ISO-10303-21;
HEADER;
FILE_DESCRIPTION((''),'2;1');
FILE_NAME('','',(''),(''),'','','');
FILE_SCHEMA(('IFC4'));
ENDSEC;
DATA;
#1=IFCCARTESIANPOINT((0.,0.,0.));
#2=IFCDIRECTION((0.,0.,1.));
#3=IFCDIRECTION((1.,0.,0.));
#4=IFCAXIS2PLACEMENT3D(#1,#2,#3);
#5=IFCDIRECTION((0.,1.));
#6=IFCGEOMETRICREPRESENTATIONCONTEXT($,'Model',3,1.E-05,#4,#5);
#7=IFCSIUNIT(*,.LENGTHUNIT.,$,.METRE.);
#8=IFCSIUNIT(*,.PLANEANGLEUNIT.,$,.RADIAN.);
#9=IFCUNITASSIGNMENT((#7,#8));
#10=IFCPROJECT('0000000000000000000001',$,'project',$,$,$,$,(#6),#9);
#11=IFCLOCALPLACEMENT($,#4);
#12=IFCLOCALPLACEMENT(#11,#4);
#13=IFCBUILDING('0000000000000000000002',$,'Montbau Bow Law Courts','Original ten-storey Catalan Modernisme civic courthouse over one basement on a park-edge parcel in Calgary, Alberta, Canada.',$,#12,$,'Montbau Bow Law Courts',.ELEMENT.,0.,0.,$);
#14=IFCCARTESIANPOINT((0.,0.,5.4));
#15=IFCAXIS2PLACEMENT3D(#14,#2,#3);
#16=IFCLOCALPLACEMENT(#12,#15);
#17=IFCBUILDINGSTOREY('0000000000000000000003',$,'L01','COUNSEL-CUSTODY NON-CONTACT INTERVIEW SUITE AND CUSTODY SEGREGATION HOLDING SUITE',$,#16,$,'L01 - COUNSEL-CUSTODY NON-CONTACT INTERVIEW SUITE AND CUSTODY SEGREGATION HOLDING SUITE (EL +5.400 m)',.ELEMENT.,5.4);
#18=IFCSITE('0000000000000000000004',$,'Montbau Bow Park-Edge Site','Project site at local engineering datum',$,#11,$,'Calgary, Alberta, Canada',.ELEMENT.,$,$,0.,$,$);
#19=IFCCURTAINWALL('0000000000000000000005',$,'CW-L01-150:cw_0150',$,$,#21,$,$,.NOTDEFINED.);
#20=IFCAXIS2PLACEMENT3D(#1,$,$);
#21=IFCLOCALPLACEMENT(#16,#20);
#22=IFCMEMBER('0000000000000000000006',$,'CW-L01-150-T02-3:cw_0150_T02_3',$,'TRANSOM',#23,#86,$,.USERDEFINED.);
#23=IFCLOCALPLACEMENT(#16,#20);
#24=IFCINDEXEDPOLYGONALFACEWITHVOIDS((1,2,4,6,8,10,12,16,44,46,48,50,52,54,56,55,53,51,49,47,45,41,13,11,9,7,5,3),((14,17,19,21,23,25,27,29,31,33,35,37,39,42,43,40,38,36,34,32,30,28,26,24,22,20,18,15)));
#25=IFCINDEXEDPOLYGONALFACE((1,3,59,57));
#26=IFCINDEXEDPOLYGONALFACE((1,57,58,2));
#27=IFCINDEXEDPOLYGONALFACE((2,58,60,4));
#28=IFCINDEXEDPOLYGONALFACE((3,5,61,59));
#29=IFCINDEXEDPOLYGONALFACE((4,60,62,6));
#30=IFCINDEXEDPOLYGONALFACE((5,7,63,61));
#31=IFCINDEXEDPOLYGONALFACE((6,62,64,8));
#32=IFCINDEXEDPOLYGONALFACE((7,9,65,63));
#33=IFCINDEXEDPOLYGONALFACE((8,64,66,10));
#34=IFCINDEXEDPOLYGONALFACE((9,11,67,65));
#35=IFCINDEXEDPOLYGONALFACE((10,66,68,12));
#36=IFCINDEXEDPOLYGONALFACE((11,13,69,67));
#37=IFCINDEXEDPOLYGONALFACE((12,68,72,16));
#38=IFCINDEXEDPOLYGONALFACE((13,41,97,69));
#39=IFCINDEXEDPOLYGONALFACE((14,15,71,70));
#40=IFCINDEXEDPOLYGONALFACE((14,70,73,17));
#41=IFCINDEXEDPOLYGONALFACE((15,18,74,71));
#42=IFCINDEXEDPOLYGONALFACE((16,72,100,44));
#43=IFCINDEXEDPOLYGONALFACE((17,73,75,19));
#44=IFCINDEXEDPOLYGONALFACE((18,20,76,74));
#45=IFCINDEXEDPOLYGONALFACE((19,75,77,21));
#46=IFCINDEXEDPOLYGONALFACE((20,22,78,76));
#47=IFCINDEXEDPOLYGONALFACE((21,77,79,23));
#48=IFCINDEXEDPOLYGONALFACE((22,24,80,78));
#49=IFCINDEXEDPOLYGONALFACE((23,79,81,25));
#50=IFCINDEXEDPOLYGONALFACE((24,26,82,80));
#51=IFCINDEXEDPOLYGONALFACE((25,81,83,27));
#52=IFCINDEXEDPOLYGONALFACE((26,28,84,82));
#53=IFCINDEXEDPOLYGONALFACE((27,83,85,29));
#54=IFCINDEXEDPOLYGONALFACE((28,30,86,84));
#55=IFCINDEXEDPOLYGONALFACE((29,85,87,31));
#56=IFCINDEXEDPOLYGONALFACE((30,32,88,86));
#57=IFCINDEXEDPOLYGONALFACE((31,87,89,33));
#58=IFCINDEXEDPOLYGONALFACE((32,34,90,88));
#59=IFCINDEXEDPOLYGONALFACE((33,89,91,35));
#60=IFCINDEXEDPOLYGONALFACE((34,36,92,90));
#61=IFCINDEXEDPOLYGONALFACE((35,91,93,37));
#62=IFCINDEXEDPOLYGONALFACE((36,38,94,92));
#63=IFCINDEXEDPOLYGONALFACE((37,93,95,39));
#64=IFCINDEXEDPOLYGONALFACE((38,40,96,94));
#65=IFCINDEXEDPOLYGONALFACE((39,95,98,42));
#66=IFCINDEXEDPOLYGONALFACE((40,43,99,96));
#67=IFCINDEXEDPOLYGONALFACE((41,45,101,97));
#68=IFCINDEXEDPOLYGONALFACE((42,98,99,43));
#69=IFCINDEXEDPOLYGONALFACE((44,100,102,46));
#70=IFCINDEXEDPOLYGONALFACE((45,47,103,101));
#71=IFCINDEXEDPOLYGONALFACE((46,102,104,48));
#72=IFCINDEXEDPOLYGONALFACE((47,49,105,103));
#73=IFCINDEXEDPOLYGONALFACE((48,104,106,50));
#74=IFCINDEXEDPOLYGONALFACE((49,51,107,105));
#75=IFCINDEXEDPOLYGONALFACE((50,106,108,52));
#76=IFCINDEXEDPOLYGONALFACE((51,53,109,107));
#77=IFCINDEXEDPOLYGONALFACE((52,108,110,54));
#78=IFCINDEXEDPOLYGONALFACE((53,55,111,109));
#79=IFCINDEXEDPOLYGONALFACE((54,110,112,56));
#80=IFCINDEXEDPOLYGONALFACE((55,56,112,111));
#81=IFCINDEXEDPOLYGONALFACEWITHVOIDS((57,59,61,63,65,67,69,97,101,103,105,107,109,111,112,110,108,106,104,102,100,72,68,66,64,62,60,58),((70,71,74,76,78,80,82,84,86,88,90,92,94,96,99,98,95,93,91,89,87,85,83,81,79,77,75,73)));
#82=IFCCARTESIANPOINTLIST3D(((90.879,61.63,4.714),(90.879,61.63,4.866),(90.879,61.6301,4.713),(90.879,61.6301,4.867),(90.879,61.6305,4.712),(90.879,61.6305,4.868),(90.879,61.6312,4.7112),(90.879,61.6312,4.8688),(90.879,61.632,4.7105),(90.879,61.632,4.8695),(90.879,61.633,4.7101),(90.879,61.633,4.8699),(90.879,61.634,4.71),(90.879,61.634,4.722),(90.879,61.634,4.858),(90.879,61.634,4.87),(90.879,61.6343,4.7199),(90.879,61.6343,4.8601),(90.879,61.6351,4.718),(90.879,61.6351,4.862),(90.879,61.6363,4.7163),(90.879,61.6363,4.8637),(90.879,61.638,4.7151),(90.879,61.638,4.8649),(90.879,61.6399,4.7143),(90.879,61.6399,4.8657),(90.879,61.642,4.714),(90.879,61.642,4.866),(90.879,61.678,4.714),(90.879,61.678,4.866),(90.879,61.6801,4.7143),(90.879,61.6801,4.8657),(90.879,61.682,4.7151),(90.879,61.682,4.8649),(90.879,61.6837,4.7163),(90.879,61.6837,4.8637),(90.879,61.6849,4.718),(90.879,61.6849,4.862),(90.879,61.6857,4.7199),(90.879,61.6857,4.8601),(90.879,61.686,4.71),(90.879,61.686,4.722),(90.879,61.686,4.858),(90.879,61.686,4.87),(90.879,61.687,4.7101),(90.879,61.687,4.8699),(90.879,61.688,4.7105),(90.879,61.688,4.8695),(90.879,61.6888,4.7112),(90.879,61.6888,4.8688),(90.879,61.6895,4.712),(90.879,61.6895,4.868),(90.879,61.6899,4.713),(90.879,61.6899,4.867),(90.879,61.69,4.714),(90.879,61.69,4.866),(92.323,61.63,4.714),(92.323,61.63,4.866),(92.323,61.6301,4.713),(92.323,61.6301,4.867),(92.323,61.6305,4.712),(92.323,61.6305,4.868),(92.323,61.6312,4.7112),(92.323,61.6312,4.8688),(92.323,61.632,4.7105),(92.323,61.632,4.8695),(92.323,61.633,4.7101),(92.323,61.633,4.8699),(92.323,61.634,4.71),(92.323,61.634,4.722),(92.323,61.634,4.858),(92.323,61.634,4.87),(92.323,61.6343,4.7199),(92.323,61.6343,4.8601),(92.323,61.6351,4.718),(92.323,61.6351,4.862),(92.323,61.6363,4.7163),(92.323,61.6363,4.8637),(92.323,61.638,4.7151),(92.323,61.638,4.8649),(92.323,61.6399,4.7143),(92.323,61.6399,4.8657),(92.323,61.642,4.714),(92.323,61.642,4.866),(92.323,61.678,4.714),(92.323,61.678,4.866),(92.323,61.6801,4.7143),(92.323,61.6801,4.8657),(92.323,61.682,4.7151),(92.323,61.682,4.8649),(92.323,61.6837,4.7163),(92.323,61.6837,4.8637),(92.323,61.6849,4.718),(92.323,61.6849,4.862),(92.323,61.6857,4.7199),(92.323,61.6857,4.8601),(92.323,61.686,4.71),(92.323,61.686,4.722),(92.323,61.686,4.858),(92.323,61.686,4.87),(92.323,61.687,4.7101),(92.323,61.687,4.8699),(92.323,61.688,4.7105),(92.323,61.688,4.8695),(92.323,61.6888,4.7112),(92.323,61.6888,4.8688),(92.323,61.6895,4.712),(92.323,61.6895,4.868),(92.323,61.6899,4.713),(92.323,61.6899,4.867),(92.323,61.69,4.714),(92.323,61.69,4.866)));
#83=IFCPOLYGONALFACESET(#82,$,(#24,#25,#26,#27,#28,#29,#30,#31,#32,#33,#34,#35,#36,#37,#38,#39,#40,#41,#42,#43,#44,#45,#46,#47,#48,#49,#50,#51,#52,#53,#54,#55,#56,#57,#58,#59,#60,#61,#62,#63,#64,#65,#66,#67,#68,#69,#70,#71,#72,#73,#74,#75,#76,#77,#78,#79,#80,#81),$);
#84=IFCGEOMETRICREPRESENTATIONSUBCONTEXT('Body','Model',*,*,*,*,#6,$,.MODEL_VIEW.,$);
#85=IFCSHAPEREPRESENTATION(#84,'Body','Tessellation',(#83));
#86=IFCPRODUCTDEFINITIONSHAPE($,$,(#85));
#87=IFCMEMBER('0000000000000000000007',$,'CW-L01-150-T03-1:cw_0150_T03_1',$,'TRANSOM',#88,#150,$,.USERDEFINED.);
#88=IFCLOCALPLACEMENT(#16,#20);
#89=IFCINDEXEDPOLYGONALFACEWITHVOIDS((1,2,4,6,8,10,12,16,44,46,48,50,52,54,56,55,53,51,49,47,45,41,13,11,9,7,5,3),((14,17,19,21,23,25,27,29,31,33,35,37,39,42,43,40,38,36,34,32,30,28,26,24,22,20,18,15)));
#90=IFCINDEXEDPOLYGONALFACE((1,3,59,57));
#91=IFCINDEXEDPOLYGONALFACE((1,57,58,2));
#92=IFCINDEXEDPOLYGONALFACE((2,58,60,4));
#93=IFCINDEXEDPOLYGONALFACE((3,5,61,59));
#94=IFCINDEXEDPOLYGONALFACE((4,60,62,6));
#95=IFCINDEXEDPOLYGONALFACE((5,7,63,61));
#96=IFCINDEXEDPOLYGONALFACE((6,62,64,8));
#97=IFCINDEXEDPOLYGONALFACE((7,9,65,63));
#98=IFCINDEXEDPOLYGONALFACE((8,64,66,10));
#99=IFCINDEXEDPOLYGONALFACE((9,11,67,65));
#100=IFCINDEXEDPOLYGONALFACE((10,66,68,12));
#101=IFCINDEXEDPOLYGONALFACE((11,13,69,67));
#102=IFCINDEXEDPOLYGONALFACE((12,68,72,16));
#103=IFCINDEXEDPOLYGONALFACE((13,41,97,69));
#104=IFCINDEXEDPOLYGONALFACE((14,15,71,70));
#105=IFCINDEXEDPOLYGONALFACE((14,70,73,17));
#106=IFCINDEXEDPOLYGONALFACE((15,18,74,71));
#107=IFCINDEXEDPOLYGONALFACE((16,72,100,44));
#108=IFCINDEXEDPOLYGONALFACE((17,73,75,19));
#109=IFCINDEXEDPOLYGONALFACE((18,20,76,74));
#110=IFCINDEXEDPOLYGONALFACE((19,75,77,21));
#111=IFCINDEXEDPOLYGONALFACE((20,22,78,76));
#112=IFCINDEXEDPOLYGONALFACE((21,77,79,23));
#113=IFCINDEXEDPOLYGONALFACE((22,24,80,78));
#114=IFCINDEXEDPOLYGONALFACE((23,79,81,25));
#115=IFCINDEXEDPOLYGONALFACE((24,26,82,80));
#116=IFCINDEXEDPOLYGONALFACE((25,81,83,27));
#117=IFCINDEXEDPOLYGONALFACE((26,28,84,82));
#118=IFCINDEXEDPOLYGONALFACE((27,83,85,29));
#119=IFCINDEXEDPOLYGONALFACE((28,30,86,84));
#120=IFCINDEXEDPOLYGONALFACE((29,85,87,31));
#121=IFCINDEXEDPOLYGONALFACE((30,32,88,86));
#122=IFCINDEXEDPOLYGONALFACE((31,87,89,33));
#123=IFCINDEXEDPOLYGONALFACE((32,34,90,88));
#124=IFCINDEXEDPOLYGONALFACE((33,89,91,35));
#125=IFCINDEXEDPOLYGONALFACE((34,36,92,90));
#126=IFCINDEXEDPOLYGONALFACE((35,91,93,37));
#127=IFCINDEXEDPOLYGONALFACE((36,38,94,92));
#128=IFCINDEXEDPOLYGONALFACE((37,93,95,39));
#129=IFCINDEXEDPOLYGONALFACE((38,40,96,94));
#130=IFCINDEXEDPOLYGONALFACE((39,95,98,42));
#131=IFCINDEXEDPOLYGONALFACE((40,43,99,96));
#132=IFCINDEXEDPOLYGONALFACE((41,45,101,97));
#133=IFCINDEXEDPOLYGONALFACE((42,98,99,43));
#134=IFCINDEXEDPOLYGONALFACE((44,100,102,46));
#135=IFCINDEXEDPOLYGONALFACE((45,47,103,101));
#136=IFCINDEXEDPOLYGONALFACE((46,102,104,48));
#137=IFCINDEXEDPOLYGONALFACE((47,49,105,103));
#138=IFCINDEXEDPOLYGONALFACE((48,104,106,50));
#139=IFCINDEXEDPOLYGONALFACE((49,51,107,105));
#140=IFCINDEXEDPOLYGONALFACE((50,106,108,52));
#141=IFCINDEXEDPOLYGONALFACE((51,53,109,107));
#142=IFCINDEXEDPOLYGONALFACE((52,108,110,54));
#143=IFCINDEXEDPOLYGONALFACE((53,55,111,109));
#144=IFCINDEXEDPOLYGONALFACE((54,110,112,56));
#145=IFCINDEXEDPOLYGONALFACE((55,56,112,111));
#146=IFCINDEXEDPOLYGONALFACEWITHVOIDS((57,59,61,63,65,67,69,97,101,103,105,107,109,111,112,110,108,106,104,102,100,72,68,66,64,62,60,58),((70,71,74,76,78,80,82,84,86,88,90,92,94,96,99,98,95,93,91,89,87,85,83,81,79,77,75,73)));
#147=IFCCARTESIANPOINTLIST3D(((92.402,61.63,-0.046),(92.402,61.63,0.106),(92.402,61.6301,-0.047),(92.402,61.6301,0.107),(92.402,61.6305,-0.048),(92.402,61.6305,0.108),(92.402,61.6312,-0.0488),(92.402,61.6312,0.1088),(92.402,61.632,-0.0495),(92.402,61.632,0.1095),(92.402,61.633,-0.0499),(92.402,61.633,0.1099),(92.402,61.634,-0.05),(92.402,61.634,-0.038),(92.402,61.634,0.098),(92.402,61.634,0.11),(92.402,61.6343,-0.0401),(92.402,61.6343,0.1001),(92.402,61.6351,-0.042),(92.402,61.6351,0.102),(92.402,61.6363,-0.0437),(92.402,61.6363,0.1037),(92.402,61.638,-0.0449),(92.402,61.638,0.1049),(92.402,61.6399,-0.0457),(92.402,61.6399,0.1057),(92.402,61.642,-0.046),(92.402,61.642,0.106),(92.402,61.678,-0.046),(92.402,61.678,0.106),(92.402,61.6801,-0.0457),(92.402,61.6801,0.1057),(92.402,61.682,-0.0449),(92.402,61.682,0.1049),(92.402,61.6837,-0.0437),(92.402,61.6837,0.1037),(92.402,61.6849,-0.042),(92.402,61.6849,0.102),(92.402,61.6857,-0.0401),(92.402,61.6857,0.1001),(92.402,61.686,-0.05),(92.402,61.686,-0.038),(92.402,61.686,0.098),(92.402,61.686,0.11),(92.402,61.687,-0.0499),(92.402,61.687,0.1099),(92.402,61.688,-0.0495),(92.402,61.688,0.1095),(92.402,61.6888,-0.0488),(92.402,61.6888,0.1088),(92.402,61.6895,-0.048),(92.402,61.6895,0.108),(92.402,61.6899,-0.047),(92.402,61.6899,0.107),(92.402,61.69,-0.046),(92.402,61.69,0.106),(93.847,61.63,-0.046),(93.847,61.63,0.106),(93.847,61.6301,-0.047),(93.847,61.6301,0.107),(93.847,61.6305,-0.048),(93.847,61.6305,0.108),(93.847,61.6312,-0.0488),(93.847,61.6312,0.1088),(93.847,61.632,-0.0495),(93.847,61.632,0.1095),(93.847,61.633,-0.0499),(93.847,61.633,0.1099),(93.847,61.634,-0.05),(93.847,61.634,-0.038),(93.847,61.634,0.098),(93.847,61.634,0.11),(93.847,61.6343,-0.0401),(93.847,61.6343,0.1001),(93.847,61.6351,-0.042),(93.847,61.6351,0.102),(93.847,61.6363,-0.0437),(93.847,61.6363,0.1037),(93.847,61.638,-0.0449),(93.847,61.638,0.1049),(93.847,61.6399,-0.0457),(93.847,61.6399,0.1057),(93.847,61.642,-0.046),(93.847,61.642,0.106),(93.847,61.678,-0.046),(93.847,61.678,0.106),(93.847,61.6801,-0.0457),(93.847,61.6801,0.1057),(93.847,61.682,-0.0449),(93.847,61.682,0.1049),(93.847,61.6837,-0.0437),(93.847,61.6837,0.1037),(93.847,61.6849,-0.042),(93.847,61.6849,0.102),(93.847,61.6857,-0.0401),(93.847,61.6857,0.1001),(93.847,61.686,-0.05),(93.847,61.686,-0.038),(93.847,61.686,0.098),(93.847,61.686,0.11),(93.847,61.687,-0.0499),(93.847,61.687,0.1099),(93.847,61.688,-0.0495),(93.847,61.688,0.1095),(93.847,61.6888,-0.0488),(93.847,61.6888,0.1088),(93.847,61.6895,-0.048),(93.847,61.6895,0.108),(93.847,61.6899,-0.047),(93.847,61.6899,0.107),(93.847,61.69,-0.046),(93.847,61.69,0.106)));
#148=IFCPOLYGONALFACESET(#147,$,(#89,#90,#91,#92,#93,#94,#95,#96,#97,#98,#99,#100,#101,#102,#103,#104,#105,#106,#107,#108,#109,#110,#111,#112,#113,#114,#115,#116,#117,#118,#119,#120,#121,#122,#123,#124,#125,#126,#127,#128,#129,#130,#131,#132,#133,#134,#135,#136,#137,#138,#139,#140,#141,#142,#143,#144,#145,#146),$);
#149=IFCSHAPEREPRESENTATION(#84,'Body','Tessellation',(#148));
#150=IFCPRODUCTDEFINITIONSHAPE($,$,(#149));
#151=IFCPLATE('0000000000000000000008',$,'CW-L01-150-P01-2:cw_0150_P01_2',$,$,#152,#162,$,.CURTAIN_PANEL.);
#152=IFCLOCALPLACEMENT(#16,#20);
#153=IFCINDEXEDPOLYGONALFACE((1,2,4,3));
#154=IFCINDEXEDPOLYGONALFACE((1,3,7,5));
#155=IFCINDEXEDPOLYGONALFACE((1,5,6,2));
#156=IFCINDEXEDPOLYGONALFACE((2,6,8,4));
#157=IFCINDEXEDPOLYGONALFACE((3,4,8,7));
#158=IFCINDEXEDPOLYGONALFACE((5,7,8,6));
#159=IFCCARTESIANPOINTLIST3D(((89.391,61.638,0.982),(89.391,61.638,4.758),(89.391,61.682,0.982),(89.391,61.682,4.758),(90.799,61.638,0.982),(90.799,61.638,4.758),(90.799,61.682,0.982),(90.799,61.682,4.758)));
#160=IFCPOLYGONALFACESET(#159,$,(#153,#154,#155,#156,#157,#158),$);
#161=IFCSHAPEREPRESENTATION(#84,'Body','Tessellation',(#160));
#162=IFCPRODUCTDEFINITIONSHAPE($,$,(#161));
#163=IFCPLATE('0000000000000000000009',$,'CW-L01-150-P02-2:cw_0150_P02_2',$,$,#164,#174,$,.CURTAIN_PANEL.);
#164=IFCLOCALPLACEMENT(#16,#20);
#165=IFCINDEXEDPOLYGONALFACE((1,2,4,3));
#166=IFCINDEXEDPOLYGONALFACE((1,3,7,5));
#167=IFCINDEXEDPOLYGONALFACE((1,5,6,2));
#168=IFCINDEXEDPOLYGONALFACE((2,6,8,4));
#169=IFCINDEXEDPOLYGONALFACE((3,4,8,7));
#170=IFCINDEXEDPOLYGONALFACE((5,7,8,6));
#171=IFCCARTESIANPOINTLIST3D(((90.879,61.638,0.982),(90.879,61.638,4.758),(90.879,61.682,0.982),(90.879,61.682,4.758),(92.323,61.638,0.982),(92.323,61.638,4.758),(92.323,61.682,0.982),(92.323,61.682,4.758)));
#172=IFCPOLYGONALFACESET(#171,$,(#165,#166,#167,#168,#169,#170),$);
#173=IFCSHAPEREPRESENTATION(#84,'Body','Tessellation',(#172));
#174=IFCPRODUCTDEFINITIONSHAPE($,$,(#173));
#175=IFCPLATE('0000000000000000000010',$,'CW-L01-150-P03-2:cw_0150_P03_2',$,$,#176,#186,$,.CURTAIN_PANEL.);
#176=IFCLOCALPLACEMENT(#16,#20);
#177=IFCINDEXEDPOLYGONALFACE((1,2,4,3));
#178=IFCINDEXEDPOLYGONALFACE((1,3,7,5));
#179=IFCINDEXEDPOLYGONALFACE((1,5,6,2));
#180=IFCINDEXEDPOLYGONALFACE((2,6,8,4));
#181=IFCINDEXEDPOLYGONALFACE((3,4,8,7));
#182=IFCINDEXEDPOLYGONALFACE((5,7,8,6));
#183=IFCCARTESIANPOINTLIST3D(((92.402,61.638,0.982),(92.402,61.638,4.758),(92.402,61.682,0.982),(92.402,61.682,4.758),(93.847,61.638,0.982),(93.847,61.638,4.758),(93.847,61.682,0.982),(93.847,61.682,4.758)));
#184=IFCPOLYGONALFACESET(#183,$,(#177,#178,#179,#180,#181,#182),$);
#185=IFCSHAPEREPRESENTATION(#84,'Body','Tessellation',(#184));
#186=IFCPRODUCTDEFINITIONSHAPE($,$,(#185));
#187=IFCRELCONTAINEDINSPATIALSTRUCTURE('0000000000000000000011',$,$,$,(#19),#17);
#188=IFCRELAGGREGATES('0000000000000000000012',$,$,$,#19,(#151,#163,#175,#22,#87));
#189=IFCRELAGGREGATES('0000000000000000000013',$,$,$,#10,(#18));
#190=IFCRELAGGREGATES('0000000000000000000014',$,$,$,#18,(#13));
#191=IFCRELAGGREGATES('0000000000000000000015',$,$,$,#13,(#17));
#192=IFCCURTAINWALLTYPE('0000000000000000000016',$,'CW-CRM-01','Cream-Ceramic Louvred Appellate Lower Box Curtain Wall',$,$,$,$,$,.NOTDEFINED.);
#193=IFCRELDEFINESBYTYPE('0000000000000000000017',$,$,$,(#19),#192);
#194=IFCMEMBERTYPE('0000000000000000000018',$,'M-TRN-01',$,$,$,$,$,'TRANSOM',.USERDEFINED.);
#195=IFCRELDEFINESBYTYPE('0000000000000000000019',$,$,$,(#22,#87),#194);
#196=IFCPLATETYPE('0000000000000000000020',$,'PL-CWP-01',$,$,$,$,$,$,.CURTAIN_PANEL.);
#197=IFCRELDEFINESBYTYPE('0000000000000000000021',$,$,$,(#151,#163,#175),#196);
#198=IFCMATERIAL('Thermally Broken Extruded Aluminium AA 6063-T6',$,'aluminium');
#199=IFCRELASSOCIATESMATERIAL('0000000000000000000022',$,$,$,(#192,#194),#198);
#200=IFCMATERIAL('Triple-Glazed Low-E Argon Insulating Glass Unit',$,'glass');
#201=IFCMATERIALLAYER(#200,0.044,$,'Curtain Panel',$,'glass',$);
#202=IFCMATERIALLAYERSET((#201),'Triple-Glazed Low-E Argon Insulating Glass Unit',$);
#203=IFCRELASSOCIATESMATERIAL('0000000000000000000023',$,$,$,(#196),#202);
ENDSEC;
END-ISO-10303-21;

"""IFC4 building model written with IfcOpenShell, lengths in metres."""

from ifc_helpers import new_model, si_unit, direction, frame, frame_2d, origin_with_axes, origin_2d_with_axis, place, context, subcontext, project, spatial, rectangle, hollow_rectangle, extrude, material, layer, layer_set, material_profile, profile_set, type_object, element, aggregate, save


model = new_model("IFC4")

# Units and contexts
model_context = context("Model", 3, precision=1e-05, world=origin_with_axes(), true_north=direction((0.0, 1.0)))
body_context = subcontext(model_context, "Body", "Model", "MODEL_VIEW")
ifc_project = project(units=[si_unit("LENGTHUNIT", "METRE"), si_unit("PLANEANGLEUNIT", "RADIAN")], contexts=[model_context])

# Site, building, storey
site_placement = place(None, origin_with_axes())
site = spatial("IfcSite", under=ifc_project, at=site_placement, Name="Montbau Bow Park-Edge Site", Description="Project site at local engineering datum", LongName="Calgary, Alberta, Canada", CompositionType="ELEMENT", RefElevation=0.0)
building_placement = place(site_placement, origin_with_axes())
building = spatial("IfcBuilding", under=site, at=building_placement, Name="Montbau Bow Law Courts", Description="Original ten-storey Catalan Modernisme civic courthouse over one basement on a park-edge parcel in Calgary, Alberta, Canada.", LongName="Montbau Bow Law Courts", CompositionType="ELEMENT", ElevationOfRefHeight=0.0, ElevationOfTerrain=0.0)
storey_placement = place(building_placement, frame((0.0, 0.0, 5.4), z_axis=(0.0, 0.0, 1.0), x_axis=(1.0, 0.0, 0.0)))
storey = spatial("IfcBuildingStorey", under=building, at=storey_placement, Name="L01", Description="COUNSEL-CUSTODY NON-CONTACT INTERVIEW SUITE AND CUSTODY SEGREGATION HOLDING SUITE", LongName="L01 - COUNSEL-CUSTODY NON-CONTACT INTERVIEW SUITE AND CUSTODY SEGREGATION HOLDING SUITE (EL +5.400 m)", CompositionType="ELEMENT", Elevation=5.4)

# Curtain wall
ifc_material_1 = material(Name="Thermally Broken Extruded Aluminium AA 6063-T6", Category="aluminium")
curtain_wall_type = type_object("IfcCurtainWallType", Name="CW-CRM-01", Description="Cream-Ceramic Louvred Appellate Lower Box Curtain Wall", PredefinedType="NOTDEFINED", material=ifc_material_1)
curtain_wall_1_placement = place(None, frame((89.315, 61.66, 5.4), z_axis=(0.0, 0.0, 1.0), x_axis=(1.0, 0.0, 0.0)))
curtain_wall_1 = element("IfcCurtainWall", 1, at=curtain_wall_1_placement, inside=storey, type_object=curtain_wall_type, Name="CW-L01-150:cw_0150", PredefinedType="NOTDEFINED")

# Members
ifc_material_profile_1 = material_profile(ifc_material_1, hollow_rectangle(XDim=0.06, YDim=0.16, WallThickness=0.004, InnerFilletRadius=0.008, OuterFilletRadius=0.004, at=origin_2d_with_axis()), Name="CWT-160X60", Category="Main", Priority=0)
ifc_profile_set_1 = profile_set([ifc_material_profile_1], Name="Thermally Broken Extruded Aluminium AA 6063-T6")
member_type_1 = type_object("IfcMemberType", Name="M-TRN-01", ElementType="TRANSOM", PredefinedType="USERDEFINED", material=ifc_profile_set_1)
member_1_placement = place(None, frame((90.879, 61.66, 10.19), z_axis=(1.0, 0.0, 0.0), x_axis=(0.0, 1.0, 0.0)))
member_1 = element("IfcMember", 2, at=member_1_placement, type_object=member_type_1, Name="CW-L01-150-T02-3:cw_0150_T02_3", ObjectType="TRANSOM", PredefinedType="USERDEFINED", context=body_context, shape_type="SweptSolid", body=[
    extrude(hollow_rectangle(XDim=0.06, YDim=0.16, WallThickness=0.004, InnerFilletRadius=0.008, OuterFilletRadius=0.004, at=origin_2d_with_axis()), origin_with_axes(), (0.0, 0.0, 1.0), 1.444),
])
member_2_placement = place(None, frame((92.402, 61.66, 5.43), z_axis=(1.0, 0.0, 0.0), x_axis=(0.0, 1.0, 0.0)))
member_2 = element("IfcMember", 3, at=member_2_placement, type_object=member_type_1, Name="CW-L01-150-T03-1:cw_0150_T03_1", ObjectType="TRANSOM", PredefinedType="USERDEFINED", context=body_context, shape_type="SweptSolid", body=[
    extrude(hollow_rectangle(XDim=0.06, YDim=0.16, WallThickness=0.004, InnerFilletRadius=0.008, OuterFilletRadius=0.004, at=origin_2d_with_axis()), origin_with_axes(), (0.0, 0.0, 1.0), 1.445),
])

# Plates
ifc_material_2 = material(Name="Triple-Glazed Low-E Argon Insulating Glass Unit", Category="glass")
ifc_layer_1 = layer(ifc_material_2, 0.044, Name="Curtain Panel", Category="glass")
ifc_layer_set_1 = layer_set([ifc_layer_1], Name="Triple-Glazed Low-E Argon Insulating Glass Unit")
plate_type_1 = type_object("IfcPlateType", Name="PL-CWP-01", PredefinedType="CURTAIN_PANEL", material=ifc_layer_set_1)
plate_1_placement = place(None, frame((89.391, 61.66, 6.382), z_axis=(0.0, -1.0, 0.0), x_axis=(1.0, 0.0, 0.0)))
plate_1 = element("IfcPlate", 4, at=plate_1_placement, type_object=plate_type_1, Name="CW-L01-150-P01-2:cw_0150_P01_2", PredefinedType="CURTAIN_PANEL", context=body_context, shape_type="SweptSolid", body=[
    extrude(rectangle(XDim=1.408, YDim=3.776, at=frame_2d((0.704, 1.888), x_axis=(1.0, 0.0))), frame((0.0, 0.0, -0.022), z_axis=(0.0, 0.0, 1.0), x_axis=(1.0, 0.0, 0.0)), (0.0, 0.0, 1.0), 0.044),
])
plate_2_placement = place(None, frame((90.879, 61.66, 6.382), z_axis=(0.0, -1.0, 0.0), x_axis=(1.0, 0.0, 0.0)))
plate_2 = element("IfcPlate", 5, at=plate_2_placement, type_object=plate_type_1, Name="CW-L01-150-P02-2:cw_0150_P02_2", PredefinedType="CURTAIN_PANEL", context=body_context, shape_type="SweptSolid", body=[
    extrude(rectangle(XDim=1.444, YDim=3.776, at=frame_2d((0.722, 1.888), x_axis=(1.0, 0.0))), frame((0.0, 0.0, -0.022), z_axis=(0.0, 0.0, 1.0), x_axis=(1.0, 0.0, 0.0)), (0.0, 0.0, 1.0), 0.044),
])
plate_3_placement = place(None, frame((92.402, 61.66, 6.382), z_axis=(0.0, -1.0, 0.0), x_axis=(1.0, 0.0, 0.0)))
plate_3 = element("IfcPlate", 6, at=plate_3_placement, type_object=plate_type_1, Name="CW-L01-150-P03-2:cw_0150_P03_2", PredefinedType="CURTAIN_PANEL", context=body_context, shape_type="SweptSolid", body=[
    extrude(rectangle(XDim=1.445, YDim=3.776, at=frame_2d((0.7225, 1.888), x_axis=(1.0, 0.0))), frame((0.0, 0.0, -0.022), z_axis=(0.0, 0.0, 1.0), x_axis=(1.0, 0.0, 0.0)), (0.0, 0.0, 1.0), 0.044),
])
aggregate(curtain_wall_1, [plate_1, plate_2, plate_3, member_1, member_2])

save(model, "model.ifc")
